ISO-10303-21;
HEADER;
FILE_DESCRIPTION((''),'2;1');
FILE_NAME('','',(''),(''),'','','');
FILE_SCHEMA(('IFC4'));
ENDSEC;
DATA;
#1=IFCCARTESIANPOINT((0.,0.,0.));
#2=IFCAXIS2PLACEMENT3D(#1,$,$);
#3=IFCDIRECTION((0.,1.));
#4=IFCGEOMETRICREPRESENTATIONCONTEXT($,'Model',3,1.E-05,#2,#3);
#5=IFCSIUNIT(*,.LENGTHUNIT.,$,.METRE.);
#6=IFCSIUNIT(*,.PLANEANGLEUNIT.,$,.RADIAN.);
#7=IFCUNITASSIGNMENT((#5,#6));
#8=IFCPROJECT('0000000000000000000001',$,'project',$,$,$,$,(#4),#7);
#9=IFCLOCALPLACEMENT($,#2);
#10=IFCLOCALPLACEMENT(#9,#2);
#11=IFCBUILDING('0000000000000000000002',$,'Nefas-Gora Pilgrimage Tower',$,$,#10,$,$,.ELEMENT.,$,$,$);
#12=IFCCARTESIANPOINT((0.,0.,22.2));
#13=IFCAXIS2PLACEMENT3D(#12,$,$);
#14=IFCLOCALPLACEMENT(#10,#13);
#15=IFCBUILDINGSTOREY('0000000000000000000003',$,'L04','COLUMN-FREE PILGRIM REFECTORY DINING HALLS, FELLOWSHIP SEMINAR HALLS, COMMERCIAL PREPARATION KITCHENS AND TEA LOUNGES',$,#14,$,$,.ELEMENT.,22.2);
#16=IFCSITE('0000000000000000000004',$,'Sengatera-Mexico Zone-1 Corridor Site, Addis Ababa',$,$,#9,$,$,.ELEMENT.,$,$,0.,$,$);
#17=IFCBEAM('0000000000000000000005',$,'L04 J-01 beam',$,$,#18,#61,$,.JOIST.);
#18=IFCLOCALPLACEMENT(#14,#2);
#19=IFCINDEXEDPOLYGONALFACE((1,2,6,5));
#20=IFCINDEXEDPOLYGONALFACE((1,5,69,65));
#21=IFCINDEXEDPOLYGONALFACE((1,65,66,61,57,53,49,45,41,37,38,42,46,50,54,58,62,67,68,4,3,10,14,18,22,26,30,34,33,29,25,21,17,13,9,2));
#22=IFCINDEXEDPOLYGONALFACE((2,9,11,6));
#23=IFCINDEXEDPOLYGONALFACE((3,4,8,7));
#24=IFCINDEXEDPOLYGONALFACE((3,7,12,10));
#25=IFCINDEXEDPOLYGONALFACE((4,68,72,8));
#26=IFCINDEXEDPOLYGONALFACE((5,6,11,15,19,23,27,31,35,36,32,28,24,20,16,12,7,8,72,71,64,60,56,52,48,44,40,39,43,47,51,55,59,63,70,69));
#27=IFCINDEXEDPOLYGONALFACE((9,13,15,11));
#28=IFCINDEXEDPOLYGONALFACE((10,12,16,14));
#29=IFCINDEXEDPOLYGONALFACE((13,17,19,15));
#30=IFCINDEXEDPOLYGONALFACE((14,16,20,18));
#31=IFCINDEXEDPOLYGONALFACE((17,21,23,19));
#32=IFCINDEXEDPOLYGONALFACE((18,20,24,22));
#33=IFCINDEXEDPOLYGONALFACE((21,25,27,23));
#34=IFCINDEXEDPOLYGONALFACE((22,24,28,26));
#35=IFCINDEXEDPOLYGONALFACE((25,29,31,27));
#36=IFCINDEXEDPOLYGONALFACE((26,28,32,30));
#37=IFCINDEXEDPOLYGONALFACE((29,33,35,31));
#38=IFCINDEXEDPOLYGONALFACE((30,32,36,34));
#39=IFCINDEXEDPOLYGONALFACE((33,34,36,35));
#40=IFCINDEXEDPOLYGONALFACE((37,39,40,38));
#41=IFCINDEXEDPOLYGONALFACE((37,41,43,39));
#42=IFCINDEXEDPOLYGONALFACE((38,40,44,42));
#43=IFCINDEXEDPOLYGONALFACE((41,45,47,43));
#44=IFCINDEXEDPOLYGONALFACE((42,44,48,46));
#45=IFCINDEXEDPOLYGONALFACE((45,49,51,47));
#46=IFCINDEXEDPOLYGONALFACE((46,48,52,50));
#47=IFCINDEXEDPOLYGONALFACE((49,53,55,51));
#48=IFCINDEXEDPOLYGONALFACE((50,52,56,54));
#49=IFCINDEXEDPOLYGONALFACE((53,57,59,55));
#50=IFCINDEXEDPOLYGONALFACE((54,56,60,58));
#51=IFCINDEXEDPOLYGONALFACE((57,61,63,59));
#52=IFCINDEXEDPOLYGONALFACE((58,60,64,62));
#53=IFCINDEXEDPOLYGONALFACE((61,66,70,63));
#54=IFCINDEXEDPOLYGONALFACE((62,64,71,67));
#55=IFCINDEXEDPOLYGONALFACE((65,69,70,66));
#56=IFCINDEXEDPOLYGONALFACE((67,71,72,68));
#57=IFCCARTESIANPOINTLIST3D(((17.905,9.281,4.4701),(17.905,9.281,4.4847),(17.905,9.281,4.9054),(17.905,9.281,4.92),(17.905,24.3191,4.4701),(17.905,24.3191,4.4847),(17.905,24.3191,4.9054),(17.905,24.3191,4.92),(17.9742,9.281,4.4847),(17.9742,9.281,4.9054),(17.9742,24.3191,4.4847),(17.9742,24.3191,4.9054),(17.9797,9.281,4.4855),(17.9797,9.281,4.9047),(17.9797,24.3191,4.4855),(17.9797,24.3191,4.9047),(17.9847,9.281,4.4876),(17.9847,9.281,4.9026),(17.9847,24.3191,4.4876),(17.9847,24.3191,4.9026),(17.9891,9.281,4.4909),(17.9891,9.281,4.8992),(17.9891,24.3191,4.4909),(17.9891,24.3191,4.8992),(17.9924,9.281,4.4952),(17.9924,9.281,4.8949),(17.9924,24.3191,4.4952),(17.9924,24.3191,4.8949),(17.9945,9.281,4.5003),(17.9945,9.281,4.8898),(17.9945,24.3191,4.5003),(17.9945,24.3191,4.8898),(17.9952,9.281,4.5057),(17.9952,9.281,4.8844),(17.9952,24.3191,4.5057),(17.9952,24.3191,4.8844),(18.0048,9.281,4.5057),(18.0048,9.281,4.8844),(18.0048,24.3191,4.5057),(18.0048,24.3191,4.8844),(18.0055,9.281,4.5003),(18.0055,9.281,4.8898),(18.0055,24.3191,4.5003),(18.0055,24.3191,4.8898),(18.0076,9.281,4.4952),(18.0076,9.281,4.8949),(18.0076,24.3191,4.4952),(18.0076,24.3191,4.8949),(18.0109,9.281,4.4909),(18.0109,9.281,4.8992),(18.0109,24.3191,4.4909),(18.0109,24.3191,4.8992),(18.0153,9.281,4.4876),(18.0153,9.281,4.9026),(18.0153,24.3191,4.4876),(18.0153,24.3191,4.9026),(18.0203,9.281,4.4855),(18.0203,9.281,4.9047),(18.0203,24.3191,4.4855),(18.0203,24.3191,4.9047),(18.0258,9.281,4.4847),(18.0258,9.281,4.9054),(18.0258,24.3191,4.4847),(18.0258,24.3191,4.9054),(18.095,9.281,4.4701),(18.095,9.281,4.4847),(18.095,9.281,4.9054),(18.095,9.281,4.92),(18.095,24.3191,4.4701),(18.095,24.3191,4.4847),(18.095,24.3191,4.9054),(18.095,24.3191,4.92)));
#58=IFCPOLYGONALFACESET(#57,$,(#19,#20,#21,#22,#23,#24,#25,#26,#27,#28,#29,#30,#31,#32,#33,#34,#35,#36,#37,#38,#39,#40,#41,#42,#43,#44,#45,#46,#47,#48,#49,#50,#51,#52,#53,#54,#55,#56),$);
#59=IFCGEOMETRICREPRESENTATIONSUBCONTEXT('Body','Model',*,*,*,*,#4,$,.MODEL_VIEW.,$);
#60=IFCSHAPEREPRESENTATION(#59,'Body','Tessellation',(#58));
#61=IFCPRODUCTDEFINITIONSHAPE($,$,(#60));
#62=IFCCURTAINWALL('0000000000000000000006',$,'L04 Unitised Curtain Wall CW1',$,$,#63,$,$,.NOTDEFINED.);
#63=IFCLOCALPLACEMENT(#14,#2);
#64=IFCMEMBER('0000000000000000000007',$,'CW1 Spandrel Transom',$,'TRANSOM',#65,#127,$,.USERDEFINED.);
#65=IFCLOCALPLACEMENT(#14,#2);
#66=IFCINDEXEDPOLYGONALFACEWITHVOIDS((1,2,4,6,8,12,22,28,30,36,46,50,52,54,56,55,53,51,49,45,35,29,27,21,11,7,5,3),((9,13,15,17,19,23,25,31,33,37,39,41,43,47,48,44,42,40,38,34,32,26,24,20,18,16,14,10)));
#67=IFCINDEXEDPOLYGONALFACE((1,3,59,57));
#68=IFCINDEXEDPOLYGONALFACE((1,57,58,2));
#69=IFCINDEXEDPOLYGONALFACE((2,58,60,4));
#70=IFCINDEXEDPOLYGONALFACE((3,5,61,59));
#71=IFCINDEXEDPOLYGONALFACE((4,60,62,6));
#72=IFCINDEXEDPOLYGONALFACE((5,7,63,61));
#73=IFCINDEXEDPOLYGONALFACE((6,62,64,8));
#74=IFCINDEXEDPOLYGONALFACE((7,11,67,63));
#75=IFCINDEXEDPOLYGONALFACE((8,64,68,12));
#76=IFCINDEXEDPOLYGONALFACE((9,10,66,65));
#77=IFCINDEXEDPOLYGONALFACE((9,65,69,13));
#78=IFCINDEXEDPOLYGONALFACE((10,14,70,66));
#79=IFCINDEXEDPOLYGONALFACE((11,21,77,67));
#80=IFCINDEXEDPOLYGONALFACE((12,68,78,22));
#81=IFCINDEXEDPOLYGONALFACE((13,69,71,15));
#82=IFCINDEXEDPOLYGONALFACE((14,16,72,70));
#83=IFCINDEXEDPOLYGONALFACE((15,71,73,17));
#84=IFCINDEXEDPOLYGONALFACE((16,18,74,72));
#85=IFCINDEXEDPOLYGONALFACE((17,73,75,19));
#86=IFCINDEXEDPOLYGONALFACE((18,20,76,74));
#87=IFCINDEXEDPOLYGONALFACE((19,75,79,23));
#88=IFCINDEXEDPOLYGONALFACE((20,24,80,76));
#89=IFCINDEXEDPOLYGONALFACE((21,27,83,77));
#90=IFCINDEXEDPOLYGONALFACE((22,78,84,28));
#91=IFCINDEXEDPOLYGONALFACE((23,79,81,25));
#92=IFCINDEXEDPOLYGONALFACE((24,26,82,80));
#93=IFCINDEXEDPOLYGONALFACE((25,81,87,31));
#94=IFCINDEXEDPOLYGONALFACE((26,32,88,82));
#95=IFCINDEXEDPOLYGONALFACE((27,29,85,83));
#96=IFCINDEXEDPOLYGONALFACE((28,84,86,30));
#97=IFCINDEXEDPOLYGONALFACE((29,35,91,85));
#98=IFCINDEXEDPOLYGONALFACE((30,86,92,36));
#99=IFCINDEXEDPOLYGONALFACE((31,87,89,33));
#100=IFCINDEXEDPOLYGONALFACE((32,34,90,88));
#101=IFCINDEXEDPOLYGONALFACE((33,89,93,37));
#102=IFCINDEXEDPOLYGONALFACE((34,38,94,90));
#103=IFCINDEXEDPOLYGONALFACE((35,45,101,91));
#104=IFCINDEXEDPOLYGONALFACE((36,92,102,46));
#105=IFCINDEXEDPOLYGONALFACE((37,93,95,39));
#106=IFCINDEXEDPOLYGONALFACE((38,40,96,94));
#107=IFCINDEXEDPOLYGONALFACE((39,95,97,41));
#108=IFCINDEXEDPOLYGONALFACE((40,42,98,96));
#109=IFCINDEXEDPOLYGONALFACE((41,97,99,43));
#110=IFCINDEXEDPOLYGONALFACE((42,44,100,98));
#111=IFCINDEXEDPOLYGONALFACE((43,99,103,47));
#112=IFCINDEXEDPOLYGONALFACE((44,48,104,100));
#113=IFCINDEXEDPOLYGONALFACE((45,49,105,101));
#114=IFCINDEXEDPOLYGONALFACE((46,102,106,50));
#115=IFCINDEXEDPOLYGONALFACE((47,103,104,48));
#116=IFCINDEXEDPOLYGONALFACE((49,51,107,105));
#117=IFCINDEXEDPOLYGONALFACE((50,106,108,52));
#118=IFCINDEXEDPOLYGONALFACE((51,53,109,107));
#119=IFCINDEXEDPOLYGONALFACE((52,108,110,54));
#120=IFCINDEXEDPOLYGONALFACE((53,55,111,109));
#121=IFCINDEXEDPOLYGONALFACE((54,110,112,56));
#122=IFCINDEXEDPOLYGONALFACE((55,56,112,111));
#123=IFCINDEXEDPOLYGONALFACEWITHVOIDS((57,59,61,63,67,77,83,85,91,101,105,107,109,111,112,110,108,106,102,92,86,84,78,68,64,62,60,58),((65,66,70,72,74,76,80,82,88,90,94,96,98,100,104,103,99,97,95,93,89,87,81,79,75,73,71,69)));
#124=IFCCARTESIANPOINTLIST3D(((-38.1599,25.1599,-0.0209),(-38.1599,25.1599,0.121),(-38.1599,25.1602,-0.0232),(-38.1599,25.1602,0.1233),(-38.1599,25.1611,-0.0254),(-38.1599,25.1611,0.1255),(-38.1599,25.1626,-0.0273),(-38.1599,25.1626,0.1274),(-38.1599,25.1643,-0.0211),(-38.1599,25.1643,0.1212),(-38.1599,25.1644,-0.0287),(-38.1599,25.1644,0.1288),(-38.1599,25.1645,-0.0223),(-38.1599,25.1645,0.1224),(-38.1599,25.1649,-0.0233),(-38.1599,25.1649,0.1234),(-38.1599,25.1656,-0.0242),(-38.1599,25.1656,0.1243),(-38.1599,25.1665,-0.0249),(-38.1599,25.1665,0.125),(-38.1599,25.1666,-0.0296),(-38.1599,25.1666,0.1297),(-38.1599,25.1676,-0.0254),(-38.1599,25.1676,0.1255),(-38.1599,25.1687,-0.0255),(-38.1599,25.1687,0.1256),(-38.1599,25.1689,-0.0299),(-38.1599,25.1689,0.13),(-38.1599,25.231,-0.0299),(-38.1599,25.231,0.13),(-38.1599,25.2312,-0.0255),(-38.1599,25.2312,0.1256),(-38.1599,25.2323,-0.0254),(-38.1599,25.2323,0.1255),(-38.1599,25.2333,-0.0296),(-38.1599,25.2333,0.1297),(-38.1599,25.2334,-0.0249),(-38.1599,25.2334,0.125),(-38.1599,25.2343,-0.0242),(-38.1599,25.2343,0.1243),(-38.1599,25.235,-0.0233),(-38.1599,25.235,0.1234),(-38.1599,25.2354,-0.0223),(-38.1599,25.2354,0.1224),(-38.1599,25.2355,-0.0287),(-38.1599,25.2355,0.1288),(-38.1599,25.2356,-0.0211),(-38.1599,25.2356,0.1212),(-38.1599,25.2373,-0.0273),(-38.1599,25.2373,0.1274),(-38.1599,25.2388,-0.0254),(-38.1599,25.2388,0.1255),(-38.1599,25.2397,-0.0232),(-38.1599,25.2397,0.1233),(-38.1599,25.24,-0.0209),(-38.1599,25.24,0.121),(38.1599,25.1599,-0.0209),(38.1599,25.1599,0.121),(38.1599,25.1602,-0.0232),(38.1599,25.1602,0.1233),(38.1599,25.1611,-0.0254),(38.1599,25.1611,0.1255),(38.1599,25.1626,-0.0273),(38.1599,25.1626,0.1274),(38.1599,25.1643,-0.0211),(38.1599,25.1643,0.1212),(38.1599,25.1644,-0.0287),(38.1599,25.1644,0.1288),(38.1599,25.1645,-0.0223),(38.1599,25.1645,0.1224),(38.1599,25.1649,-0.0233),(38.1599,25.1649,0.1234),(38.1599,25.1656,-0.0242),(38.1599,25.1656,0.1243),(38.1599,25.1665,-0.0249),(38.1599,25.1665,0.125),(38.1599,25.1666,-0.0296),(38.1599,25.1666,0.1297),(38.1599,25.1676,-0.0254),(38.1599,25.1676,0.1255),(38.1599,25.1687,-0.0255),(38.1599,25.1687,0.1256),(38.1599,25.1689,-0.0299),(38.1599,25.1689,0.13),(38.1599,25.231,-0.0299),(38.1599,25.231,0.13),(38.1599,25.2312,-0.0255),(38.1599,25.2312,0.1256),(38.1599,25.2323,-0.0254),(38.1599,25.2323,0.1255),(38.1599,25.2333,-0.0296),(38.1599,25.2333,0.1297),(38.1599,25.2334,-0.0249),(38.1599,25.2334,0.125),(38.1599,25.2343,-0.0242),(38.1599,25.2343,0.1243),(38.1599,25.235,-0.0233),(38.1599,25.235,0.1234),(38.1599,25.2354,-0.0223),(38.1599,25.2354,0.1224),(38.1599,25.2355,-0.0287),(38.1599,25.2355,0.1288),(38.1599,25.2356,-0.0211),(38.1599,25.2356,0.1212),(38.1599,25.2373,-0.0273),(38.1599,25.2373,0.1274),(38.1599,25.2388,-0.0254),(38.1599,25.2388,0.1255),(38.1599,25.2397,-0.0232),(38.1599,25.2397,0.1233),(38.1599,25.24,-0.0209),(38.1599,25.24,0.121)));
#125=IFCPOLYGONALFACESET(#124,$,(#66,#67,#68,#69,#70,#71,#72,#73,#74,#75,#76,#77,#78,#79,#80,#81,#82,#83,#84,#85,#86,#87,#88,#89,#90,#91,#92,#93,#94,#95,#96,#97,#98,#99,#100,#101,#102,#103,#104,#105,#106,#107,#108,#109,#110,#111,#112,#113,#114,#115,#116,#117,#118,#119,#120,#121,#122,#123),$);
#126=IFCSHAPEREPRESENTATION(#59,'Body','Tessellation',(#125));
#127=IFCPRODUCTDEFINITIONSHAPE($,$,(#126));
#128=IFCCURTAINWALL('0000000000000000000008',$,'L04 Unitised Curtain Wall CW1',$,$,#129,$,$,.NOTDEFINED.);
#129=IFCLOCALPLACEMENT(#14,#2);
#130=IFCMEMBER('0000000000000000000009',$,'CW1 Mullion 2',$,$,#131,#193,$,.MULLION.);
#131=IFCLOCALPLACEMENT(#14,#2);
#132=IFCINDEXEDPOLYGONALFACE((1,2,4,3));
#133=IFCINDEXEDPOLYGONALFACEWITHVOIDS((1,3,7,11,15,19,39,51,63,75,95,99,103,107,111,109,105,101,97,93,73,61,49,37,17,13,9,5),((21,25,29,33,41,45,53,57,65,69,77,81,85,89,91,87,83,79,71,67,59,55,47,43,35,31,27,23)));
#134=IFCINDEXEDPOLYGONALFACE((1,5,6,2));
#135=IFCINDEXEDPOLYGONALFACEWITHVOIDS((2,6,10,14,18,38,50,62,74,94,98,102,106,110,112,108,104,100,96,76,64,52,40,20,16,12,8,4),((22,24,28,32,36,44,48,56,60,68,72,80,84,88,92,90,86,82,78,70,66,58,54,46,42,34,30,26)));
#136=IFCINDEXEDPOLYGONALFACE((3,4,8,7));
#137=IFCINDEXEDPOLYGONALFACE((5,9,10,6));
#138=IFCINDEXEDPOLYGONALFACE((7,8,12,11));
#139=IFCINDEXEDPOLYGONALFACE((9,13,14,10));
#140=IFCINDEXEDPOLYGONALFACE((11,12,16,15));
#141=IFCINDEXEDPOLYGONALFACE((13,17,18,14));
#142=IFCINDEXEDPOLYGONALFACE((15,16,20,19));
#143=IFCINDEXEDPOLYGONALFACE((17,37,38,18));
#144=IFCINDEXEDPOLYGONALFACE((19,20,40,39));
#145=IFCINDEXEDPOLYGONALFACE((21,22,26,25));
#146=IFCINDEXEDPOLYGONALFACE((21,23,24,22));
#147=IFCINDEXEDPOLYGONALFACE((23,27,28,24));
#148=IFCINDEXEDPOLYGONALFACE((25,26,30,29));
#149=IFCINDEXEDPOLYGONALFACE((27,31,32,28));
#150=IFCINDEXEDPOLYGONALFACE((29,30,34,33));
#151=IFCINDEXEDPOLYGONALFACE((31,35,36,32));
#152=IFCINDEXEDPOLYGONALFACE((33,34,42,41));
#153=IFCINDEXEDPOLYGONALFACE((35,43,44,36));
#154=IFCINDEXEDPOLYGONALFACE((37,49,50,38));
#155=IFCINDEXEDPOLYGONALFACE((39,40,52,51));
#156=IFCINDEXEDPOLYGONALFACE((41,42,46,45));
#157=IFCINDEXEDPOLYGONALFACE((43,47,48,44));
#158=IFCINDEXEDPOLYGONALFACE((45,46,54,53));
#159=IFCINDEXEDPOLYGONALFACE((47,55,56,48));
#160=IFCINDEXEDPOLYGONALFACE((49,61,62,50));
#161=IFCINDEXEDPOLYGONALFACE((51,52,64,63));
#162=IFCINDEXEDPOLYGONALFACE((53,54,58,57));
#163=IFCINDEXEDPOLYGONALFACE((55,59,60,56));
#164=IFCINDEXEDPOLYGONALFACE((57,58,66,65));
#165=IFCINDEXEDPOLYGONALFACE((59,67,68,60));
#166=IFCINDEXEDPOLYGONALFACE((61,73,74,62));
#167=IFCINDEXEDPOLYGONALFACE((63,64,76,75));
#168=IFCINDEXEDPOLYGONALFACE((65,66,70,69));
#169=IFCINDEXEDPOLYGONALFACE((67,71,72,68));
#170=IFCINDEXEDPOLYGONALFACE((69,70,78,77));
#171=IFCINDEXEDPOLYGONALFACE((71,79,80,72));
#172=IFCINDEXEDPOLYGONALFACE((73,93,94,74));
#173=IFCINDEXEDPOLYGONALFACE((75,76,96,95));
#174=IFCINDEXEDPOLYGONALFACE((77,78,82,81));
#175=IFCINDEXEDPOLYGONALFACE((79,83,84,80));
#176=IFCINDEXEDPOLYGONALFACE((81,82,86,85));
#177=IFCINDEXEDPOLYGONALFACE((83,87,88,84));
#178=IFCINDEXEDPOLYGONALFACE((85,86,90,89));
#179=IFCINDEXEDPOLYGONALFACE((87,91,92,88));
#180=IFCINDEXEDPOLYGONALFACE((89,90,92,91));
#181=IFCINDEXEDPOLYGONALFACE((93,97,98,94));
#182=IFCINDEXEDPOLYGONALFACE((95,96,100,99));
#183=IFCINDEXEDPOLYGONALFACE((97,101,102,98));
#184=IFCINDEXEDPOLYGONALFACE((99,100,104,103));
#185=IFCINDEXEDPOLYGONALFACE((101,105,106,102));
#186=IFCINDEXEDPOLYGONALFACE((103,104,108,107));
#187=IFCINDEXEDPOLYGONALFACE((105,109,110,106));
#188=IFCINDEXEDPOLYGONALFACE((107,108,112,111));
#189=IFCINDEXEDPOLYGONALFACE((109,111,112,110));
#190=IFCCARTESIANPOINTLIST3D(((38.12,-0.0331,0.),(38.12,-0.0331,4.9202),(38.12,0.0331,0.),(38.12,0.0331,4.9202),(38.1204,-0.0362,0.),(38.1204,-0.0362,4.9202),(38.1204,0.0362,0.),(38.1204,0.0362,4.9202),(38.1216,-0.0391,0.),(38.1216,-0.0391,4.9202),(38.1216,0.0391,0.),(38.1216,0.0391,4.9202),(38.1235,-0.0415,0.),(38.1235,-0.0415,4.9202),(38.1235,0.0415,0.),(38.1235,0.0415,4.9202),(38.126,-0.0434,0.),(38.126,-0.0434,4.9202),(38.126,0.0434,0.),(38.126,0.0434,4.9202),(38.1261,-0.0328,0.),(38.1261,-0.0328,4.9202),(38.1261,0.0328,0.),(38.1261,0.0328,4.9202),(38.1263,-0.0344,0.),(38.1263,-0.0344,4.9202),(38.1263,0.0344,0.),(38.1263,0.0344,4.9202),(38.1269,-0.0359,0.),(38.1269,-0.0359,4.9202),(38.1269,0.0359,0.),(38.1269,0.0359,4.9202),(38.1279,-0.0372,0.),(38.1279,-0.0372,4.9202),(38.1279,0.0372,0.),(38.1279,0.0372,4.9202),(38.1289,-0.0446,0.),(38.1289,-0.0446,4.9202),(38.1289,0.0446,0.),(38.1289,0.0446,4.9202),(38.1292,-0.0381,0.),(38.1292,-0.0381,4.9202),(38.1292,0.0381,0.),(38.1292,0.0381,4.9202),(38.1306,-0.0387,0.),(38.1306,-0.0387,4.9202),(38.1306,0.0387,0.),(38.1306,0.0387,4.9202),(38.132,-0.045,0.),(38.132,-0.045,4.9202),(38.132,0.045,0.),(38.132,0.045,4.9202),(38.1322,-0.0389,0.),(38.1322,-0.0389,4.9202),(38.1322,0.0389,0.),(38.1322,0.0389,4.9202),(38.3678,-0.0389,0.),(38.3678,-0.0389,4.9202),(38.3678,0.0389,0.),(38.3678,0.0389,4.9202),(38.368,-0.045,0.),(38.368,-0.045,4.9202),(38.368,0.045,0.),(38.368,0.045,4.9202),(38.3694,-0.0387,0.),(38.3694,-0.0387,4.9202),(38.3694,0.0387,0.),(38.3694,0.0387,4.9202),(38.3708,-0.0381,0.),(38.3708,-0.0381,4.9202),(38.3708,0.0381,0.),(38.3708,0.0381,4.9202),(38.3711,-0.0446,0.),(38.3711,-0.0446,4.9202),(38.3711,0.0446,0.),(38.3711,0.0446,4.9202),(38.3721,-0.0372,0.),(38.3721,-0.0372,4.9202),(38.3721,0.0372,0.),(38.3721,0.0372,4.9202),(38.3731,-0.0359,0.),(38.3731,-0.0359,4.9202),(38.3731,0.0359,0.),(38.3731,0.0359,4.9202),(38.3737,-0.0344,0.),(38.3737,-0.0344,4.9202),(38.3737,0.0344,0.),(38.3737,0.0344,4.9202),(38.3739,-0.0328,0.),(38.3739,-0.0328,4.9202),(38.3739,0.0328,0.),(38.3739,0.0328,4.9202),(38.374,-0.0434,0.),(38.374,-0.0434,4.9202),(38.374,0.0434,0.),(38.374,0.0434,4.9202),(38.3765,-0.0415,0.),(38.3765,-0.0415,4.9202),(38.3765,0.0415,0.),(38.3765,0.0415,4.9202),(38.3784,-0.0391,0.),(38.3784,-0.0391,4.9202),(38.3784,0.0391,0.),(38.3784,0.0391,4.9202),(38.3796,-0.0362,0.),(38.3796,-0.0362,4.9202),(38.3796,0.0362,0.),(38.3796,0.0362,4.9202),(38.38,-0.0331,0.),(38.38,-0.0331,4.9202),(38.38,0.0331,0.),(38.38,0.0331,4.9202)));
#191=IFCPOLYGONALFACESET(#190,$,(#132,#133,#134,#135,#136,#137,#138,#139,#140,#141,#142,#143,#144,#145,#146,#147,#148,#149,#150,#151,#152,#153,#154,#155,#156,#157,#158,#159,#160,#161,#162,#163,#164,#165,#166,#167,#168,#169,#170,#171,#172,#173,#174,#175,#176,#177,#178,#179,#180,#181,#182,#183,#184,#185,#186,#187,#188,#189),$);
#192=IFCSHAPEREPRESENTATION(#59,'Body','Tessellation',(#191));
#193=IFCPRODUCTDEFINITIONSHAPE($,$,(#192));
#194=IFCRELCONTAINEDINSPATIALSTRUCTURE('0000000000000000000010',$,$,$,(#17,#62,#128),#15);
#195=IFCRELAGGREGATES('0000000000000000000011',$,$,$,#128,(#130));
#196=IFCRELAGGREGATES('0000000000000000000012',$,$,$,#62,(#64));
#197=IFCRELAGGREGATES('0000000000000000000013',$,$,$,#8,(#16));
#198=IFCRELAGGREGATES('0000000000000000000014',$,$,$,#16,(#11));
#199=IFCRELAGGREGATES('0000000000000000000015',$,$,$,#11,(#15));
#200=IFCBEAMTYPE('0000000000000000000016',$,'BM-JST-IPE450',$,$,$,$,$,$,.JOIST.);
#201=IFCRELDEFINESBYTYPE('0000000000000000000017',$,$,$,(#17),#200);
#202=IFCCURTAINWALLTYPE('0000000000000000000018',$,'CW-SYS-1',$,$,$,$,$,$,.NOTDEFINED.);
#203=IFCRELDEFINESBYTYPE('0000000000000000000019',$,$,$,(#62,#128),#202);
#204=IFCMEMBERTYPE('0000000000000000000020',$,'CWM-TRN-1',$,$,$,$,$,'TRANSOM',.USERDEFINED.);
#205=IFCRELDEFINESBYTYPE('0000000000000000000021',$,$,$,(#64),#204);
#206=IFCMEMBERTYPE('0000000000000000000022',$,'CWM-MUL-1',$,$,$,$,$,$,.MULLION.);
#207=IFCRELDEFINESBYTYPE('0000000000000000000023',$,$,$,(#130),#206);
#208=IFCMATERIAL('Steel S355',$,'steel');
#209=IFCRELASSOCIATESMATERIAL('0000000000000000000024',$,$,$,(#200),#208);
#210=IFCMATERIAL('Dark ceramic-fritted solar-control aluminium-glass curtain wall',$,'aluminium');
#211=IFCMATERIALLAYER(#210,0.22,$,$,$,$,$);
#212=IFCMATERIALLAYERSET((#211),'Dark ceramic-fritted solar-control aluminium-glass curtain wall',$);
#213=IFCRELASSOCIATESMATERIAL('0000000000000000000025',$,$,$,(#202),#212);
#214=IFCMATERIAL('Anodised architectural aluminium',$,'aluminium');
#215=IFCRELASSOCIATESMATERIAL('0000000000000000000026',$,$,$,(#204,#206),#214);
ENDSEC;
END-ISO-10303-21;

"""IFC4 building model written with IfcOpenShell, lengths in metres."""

from ifc_helpers import new_model, si_unit, direction, frame, origin, origin_2d, place, context, subcontext, project, spatial, hollow_rectangle, i_section, extrude, source, transform, mapped, material, layer, layer_set, material_profile, profile_set, type_object, element, aggregate, save


model = new_model("IFC4")

# Units and contexts
model_context = context("Model", 3, precision=1e-05, world=origin(), true_north=direction((0.0, 1.0)))
body_context = subcontext(model_context, "Body", "Model", "MODEL_VIEW")
ifc_project = project(units=[si_unit("LENGTHUNIT", "METRE"), si_unit("PLANEANGLEUNIT", "RADIAN")], contexts=[model_context])

# Site, building, storey
site_placement = place(None, origin())
site = spatial("IfcSite", under=ifc_project, at=site_placement, Name="Sengatera-Mexico Zone-1 Corridor Site, Addis Ababa", CompositionType="ELEMENT", RefElevation=0.0)
building_placement = place(site_placement, origin())
building = spatial("IfcBuilding", under=site, at=building_placement, Name="Nefas-Gora Pilgrimage Tower", CompositionType="ELEMENT")
storey_placement = place(building_placement, frame((0.0, 0.0, 22.2)))
storey = spatial("IfcBuildingStorey", under=building, at=storey_placement, Name="L04", Description="COLUMN-FREE PILGRIM REFECTORY DINING HALLS, FELLOWSHIP SEMINAR HALLS, COMMERCIAL PREPARATION KITCHENS AND TEA LOUNGES", CompositionType="ELEMENT", Elevation=22.2)

# Beam
ifc_material_1 = material(Name="Steel S355", Category="steel")
ifc_material_profile_1 = material_profile(ifc_material_1, i_section(OverallWidth=0.1899, OverallDepth=0.45, WebThickness=0.0095, FlangeThickness=0.0146, FilletRadius=0.021, at=origin_2d()), Name="IPE 450")
ifc_profile_set_1 = profile_set([ifc_material_profile_1], Name="Steel S355")
beam_type_1 = type_object("IfcBeamType", Name="BM-JST-IPE450", PredefinedType="JOIST", material=ifc_profile_set_1)
shared_shape_1 = source(origin(), body_context, "Body", "SweptSolid", [
    extrude(i_section(OverallWidth=0.1899, OverallDepth=0.45, WebThickness=0.0095, FlangeThickness=0.0146, FilletRadius=0.021, at=origin_2d()), origin(), (0.0, 0.0, 1.0), 15.0381),
])
beam_1_placement = place(storey_placement, frame((18.0, 9.281, 4.6951), z_axis=(0.0, 1.0, 0.0), x_axis=(-1.0, 0.0, 0.0)))
element("IfcBeam", 1, at=beam_1_placement, inside=storey, type_object=beam_type_1, Name="L04 J-01 beam", PredefinedType="JOIST", context=body_context, shape_type="MappedRepresentation", body=[
    mapped(shared_shape_1, transform((0.0, 0.0, 0.0), x_axis=(1.0, 0.0, 0.0), y_axis=(0.0, 1.0, 0.0), z_axis=(0.0, 0.0, 1.0), scale=1.0)),
])

# Curtain wall, member
ifc_material_2 = material(Name="Dark ceramic-fritted solar-control aluminium-glass curtain wall", Category="aluminium")
ifc_layer_1 = layer(ifc_material_2, 0.22)
ifc_layer_set_1 = layer_set([ifc_layer_1], Name="Dark ceramic-fritted solar-control aluminium-glass curtain wall")
curtain_wall_type = type_object("IfcCurtainWallType", Name="CW-SYS-1", PredefinedType="NOTDEFINED", material=ifc_layer_set_1)
curtain_wall_1_placement = place(storey_placement, origin())
curtain_wall_1 = element("IfcCurtainWall", 2, at=curtain_wall_1_placement, inside=storey, type_object=curtain_wall_type, Name="L04 Unitised Curtain Wall CW1", PredefinedType="NOTDEFINED")
ifc_material_3 = material(Name="Anodised architectural aluminium", Category="aluminium")
ifc_material_profile_2 = material_profile(ifc_material_3, hollow_rectangle(XDim=0.0801, YDim=0.1599, WallThickness=0.0044, InnerFilletRadius=0.0044, OuterFilletRadius=0.009, at=origin_2d()), Name="ALU TRANSOM 80x160")
ifc_profile_set_2 = profile_set([ifc_material_profile_2], Name="Anodised architectural aluminium")
member_type_1 = type_object("IfcMemberType", Name="CWM-TRN-1", ElementType="TRANSOM", PredefinedType="USERDEFINED", material=ifc_profile_set_2)
shared_shape_2 = source(origin(), body_context, "Body", "SweptSolid", [
    extrude(hollow_rectangle(XDim=0.0801, YDim=0.1599, WallThickness=0.0044, InnerFilletRadius=0.0044, OuterFilletRadius=0.009, at=origin_2d()), origin(), (0.0, 0.0, 1.0), 76.3198),
])
member_1_placement = place(storey_placement, frame((38.1599, 25.2, 0.05), z_axis=(-1.0, 0.0, 0.0), x_axis=(0.0, -1.0, 0.0)))
member_1 = element("IfcMember", 3, at=member_1_placement, type_object=member_type_1, Name="CW1 Spandrel Transom", ObjectType="TRANSOM", PredefinedType="USERDEFINED", context=body_context, shape_type="MappedRepresentation", body=[
    mapped(shared_shape_2, transform((0.0, 0.0, 0.0), x_axis=(1.0, 0.0, 0.0), y_axis=(0.0, 1.0, 0.0), z_axis=(0.0, 0.0, 1.0), scale=1.0)),
])

# Curtain wall, member
curtain_wall_2_placement = place(storey_placement, origin())
curtain_wall_2 = element("IfcCurtainWall", 4, at=curtain_wall_2_placement, inside=storey, type_object=curtain_wall_type, Name="L04 Unitised Curtain Wall CW1", PredefinedType="NOTDEFINED")
ifc_material_profile_3 = material_profile(ifc_material_3, hollow_rectangle(XDim=0.0901, YDim=0.26, WallThickness=0.0061, InnerFilletRadius=0.0061, OuterFilletRadius=0.012, at=origin_2d()), Name="ALU MULLION 90x260")
ifc_profile_set_3 = profile_set([ifc_material_profile_3], Name="Anodised architectural aluminium")
member_type_2 = type_object("IfcMemberType", Name="CWM-MUL-1", PredefinedType="MULLION", material=ifc_profile_set_3)
shared_shape_3 = source(origin(), body_context, "Body", "SweptSolid", [
    extrude(hollow_rectangle(XDim=0.0901, YDim=0.26, WallThickness=0.0061, InnerFilletRadius=0.0061, OuterFilletRadius=0.012, at=origin_2d()), origin(), (0.0, 0.0, 1.0), 4.9202),
])
member_2_placement = place(storey_placement, frame((38.25, 0.0, 0.0), z_axis=(0.0, 0.0, 1.0), x_axis=(0.0, 1.0, 0.0)))
member_2 = element("IfcMember", 5, at=member_2_placement, type_object=member_type_2, Name="CW1 Mullion 2", PredefinedType="MULLION", context=body_context, shape_type="MappedRepresentation", body=[
    mapped(shared_shape_3, transform((0.0, 0.0, 0.0), x_axis=(1.0, 0.0, 0.0), y_axis=(0.0, 1.0, 0.0), z_axis=(0.0, 0.0, 1.0), scale=1.0)),
])

aggregate(curtain_wall_2, [member_2])
aggregate(curtain_wall_1, [member_1])

save(model, "model.ifc")
